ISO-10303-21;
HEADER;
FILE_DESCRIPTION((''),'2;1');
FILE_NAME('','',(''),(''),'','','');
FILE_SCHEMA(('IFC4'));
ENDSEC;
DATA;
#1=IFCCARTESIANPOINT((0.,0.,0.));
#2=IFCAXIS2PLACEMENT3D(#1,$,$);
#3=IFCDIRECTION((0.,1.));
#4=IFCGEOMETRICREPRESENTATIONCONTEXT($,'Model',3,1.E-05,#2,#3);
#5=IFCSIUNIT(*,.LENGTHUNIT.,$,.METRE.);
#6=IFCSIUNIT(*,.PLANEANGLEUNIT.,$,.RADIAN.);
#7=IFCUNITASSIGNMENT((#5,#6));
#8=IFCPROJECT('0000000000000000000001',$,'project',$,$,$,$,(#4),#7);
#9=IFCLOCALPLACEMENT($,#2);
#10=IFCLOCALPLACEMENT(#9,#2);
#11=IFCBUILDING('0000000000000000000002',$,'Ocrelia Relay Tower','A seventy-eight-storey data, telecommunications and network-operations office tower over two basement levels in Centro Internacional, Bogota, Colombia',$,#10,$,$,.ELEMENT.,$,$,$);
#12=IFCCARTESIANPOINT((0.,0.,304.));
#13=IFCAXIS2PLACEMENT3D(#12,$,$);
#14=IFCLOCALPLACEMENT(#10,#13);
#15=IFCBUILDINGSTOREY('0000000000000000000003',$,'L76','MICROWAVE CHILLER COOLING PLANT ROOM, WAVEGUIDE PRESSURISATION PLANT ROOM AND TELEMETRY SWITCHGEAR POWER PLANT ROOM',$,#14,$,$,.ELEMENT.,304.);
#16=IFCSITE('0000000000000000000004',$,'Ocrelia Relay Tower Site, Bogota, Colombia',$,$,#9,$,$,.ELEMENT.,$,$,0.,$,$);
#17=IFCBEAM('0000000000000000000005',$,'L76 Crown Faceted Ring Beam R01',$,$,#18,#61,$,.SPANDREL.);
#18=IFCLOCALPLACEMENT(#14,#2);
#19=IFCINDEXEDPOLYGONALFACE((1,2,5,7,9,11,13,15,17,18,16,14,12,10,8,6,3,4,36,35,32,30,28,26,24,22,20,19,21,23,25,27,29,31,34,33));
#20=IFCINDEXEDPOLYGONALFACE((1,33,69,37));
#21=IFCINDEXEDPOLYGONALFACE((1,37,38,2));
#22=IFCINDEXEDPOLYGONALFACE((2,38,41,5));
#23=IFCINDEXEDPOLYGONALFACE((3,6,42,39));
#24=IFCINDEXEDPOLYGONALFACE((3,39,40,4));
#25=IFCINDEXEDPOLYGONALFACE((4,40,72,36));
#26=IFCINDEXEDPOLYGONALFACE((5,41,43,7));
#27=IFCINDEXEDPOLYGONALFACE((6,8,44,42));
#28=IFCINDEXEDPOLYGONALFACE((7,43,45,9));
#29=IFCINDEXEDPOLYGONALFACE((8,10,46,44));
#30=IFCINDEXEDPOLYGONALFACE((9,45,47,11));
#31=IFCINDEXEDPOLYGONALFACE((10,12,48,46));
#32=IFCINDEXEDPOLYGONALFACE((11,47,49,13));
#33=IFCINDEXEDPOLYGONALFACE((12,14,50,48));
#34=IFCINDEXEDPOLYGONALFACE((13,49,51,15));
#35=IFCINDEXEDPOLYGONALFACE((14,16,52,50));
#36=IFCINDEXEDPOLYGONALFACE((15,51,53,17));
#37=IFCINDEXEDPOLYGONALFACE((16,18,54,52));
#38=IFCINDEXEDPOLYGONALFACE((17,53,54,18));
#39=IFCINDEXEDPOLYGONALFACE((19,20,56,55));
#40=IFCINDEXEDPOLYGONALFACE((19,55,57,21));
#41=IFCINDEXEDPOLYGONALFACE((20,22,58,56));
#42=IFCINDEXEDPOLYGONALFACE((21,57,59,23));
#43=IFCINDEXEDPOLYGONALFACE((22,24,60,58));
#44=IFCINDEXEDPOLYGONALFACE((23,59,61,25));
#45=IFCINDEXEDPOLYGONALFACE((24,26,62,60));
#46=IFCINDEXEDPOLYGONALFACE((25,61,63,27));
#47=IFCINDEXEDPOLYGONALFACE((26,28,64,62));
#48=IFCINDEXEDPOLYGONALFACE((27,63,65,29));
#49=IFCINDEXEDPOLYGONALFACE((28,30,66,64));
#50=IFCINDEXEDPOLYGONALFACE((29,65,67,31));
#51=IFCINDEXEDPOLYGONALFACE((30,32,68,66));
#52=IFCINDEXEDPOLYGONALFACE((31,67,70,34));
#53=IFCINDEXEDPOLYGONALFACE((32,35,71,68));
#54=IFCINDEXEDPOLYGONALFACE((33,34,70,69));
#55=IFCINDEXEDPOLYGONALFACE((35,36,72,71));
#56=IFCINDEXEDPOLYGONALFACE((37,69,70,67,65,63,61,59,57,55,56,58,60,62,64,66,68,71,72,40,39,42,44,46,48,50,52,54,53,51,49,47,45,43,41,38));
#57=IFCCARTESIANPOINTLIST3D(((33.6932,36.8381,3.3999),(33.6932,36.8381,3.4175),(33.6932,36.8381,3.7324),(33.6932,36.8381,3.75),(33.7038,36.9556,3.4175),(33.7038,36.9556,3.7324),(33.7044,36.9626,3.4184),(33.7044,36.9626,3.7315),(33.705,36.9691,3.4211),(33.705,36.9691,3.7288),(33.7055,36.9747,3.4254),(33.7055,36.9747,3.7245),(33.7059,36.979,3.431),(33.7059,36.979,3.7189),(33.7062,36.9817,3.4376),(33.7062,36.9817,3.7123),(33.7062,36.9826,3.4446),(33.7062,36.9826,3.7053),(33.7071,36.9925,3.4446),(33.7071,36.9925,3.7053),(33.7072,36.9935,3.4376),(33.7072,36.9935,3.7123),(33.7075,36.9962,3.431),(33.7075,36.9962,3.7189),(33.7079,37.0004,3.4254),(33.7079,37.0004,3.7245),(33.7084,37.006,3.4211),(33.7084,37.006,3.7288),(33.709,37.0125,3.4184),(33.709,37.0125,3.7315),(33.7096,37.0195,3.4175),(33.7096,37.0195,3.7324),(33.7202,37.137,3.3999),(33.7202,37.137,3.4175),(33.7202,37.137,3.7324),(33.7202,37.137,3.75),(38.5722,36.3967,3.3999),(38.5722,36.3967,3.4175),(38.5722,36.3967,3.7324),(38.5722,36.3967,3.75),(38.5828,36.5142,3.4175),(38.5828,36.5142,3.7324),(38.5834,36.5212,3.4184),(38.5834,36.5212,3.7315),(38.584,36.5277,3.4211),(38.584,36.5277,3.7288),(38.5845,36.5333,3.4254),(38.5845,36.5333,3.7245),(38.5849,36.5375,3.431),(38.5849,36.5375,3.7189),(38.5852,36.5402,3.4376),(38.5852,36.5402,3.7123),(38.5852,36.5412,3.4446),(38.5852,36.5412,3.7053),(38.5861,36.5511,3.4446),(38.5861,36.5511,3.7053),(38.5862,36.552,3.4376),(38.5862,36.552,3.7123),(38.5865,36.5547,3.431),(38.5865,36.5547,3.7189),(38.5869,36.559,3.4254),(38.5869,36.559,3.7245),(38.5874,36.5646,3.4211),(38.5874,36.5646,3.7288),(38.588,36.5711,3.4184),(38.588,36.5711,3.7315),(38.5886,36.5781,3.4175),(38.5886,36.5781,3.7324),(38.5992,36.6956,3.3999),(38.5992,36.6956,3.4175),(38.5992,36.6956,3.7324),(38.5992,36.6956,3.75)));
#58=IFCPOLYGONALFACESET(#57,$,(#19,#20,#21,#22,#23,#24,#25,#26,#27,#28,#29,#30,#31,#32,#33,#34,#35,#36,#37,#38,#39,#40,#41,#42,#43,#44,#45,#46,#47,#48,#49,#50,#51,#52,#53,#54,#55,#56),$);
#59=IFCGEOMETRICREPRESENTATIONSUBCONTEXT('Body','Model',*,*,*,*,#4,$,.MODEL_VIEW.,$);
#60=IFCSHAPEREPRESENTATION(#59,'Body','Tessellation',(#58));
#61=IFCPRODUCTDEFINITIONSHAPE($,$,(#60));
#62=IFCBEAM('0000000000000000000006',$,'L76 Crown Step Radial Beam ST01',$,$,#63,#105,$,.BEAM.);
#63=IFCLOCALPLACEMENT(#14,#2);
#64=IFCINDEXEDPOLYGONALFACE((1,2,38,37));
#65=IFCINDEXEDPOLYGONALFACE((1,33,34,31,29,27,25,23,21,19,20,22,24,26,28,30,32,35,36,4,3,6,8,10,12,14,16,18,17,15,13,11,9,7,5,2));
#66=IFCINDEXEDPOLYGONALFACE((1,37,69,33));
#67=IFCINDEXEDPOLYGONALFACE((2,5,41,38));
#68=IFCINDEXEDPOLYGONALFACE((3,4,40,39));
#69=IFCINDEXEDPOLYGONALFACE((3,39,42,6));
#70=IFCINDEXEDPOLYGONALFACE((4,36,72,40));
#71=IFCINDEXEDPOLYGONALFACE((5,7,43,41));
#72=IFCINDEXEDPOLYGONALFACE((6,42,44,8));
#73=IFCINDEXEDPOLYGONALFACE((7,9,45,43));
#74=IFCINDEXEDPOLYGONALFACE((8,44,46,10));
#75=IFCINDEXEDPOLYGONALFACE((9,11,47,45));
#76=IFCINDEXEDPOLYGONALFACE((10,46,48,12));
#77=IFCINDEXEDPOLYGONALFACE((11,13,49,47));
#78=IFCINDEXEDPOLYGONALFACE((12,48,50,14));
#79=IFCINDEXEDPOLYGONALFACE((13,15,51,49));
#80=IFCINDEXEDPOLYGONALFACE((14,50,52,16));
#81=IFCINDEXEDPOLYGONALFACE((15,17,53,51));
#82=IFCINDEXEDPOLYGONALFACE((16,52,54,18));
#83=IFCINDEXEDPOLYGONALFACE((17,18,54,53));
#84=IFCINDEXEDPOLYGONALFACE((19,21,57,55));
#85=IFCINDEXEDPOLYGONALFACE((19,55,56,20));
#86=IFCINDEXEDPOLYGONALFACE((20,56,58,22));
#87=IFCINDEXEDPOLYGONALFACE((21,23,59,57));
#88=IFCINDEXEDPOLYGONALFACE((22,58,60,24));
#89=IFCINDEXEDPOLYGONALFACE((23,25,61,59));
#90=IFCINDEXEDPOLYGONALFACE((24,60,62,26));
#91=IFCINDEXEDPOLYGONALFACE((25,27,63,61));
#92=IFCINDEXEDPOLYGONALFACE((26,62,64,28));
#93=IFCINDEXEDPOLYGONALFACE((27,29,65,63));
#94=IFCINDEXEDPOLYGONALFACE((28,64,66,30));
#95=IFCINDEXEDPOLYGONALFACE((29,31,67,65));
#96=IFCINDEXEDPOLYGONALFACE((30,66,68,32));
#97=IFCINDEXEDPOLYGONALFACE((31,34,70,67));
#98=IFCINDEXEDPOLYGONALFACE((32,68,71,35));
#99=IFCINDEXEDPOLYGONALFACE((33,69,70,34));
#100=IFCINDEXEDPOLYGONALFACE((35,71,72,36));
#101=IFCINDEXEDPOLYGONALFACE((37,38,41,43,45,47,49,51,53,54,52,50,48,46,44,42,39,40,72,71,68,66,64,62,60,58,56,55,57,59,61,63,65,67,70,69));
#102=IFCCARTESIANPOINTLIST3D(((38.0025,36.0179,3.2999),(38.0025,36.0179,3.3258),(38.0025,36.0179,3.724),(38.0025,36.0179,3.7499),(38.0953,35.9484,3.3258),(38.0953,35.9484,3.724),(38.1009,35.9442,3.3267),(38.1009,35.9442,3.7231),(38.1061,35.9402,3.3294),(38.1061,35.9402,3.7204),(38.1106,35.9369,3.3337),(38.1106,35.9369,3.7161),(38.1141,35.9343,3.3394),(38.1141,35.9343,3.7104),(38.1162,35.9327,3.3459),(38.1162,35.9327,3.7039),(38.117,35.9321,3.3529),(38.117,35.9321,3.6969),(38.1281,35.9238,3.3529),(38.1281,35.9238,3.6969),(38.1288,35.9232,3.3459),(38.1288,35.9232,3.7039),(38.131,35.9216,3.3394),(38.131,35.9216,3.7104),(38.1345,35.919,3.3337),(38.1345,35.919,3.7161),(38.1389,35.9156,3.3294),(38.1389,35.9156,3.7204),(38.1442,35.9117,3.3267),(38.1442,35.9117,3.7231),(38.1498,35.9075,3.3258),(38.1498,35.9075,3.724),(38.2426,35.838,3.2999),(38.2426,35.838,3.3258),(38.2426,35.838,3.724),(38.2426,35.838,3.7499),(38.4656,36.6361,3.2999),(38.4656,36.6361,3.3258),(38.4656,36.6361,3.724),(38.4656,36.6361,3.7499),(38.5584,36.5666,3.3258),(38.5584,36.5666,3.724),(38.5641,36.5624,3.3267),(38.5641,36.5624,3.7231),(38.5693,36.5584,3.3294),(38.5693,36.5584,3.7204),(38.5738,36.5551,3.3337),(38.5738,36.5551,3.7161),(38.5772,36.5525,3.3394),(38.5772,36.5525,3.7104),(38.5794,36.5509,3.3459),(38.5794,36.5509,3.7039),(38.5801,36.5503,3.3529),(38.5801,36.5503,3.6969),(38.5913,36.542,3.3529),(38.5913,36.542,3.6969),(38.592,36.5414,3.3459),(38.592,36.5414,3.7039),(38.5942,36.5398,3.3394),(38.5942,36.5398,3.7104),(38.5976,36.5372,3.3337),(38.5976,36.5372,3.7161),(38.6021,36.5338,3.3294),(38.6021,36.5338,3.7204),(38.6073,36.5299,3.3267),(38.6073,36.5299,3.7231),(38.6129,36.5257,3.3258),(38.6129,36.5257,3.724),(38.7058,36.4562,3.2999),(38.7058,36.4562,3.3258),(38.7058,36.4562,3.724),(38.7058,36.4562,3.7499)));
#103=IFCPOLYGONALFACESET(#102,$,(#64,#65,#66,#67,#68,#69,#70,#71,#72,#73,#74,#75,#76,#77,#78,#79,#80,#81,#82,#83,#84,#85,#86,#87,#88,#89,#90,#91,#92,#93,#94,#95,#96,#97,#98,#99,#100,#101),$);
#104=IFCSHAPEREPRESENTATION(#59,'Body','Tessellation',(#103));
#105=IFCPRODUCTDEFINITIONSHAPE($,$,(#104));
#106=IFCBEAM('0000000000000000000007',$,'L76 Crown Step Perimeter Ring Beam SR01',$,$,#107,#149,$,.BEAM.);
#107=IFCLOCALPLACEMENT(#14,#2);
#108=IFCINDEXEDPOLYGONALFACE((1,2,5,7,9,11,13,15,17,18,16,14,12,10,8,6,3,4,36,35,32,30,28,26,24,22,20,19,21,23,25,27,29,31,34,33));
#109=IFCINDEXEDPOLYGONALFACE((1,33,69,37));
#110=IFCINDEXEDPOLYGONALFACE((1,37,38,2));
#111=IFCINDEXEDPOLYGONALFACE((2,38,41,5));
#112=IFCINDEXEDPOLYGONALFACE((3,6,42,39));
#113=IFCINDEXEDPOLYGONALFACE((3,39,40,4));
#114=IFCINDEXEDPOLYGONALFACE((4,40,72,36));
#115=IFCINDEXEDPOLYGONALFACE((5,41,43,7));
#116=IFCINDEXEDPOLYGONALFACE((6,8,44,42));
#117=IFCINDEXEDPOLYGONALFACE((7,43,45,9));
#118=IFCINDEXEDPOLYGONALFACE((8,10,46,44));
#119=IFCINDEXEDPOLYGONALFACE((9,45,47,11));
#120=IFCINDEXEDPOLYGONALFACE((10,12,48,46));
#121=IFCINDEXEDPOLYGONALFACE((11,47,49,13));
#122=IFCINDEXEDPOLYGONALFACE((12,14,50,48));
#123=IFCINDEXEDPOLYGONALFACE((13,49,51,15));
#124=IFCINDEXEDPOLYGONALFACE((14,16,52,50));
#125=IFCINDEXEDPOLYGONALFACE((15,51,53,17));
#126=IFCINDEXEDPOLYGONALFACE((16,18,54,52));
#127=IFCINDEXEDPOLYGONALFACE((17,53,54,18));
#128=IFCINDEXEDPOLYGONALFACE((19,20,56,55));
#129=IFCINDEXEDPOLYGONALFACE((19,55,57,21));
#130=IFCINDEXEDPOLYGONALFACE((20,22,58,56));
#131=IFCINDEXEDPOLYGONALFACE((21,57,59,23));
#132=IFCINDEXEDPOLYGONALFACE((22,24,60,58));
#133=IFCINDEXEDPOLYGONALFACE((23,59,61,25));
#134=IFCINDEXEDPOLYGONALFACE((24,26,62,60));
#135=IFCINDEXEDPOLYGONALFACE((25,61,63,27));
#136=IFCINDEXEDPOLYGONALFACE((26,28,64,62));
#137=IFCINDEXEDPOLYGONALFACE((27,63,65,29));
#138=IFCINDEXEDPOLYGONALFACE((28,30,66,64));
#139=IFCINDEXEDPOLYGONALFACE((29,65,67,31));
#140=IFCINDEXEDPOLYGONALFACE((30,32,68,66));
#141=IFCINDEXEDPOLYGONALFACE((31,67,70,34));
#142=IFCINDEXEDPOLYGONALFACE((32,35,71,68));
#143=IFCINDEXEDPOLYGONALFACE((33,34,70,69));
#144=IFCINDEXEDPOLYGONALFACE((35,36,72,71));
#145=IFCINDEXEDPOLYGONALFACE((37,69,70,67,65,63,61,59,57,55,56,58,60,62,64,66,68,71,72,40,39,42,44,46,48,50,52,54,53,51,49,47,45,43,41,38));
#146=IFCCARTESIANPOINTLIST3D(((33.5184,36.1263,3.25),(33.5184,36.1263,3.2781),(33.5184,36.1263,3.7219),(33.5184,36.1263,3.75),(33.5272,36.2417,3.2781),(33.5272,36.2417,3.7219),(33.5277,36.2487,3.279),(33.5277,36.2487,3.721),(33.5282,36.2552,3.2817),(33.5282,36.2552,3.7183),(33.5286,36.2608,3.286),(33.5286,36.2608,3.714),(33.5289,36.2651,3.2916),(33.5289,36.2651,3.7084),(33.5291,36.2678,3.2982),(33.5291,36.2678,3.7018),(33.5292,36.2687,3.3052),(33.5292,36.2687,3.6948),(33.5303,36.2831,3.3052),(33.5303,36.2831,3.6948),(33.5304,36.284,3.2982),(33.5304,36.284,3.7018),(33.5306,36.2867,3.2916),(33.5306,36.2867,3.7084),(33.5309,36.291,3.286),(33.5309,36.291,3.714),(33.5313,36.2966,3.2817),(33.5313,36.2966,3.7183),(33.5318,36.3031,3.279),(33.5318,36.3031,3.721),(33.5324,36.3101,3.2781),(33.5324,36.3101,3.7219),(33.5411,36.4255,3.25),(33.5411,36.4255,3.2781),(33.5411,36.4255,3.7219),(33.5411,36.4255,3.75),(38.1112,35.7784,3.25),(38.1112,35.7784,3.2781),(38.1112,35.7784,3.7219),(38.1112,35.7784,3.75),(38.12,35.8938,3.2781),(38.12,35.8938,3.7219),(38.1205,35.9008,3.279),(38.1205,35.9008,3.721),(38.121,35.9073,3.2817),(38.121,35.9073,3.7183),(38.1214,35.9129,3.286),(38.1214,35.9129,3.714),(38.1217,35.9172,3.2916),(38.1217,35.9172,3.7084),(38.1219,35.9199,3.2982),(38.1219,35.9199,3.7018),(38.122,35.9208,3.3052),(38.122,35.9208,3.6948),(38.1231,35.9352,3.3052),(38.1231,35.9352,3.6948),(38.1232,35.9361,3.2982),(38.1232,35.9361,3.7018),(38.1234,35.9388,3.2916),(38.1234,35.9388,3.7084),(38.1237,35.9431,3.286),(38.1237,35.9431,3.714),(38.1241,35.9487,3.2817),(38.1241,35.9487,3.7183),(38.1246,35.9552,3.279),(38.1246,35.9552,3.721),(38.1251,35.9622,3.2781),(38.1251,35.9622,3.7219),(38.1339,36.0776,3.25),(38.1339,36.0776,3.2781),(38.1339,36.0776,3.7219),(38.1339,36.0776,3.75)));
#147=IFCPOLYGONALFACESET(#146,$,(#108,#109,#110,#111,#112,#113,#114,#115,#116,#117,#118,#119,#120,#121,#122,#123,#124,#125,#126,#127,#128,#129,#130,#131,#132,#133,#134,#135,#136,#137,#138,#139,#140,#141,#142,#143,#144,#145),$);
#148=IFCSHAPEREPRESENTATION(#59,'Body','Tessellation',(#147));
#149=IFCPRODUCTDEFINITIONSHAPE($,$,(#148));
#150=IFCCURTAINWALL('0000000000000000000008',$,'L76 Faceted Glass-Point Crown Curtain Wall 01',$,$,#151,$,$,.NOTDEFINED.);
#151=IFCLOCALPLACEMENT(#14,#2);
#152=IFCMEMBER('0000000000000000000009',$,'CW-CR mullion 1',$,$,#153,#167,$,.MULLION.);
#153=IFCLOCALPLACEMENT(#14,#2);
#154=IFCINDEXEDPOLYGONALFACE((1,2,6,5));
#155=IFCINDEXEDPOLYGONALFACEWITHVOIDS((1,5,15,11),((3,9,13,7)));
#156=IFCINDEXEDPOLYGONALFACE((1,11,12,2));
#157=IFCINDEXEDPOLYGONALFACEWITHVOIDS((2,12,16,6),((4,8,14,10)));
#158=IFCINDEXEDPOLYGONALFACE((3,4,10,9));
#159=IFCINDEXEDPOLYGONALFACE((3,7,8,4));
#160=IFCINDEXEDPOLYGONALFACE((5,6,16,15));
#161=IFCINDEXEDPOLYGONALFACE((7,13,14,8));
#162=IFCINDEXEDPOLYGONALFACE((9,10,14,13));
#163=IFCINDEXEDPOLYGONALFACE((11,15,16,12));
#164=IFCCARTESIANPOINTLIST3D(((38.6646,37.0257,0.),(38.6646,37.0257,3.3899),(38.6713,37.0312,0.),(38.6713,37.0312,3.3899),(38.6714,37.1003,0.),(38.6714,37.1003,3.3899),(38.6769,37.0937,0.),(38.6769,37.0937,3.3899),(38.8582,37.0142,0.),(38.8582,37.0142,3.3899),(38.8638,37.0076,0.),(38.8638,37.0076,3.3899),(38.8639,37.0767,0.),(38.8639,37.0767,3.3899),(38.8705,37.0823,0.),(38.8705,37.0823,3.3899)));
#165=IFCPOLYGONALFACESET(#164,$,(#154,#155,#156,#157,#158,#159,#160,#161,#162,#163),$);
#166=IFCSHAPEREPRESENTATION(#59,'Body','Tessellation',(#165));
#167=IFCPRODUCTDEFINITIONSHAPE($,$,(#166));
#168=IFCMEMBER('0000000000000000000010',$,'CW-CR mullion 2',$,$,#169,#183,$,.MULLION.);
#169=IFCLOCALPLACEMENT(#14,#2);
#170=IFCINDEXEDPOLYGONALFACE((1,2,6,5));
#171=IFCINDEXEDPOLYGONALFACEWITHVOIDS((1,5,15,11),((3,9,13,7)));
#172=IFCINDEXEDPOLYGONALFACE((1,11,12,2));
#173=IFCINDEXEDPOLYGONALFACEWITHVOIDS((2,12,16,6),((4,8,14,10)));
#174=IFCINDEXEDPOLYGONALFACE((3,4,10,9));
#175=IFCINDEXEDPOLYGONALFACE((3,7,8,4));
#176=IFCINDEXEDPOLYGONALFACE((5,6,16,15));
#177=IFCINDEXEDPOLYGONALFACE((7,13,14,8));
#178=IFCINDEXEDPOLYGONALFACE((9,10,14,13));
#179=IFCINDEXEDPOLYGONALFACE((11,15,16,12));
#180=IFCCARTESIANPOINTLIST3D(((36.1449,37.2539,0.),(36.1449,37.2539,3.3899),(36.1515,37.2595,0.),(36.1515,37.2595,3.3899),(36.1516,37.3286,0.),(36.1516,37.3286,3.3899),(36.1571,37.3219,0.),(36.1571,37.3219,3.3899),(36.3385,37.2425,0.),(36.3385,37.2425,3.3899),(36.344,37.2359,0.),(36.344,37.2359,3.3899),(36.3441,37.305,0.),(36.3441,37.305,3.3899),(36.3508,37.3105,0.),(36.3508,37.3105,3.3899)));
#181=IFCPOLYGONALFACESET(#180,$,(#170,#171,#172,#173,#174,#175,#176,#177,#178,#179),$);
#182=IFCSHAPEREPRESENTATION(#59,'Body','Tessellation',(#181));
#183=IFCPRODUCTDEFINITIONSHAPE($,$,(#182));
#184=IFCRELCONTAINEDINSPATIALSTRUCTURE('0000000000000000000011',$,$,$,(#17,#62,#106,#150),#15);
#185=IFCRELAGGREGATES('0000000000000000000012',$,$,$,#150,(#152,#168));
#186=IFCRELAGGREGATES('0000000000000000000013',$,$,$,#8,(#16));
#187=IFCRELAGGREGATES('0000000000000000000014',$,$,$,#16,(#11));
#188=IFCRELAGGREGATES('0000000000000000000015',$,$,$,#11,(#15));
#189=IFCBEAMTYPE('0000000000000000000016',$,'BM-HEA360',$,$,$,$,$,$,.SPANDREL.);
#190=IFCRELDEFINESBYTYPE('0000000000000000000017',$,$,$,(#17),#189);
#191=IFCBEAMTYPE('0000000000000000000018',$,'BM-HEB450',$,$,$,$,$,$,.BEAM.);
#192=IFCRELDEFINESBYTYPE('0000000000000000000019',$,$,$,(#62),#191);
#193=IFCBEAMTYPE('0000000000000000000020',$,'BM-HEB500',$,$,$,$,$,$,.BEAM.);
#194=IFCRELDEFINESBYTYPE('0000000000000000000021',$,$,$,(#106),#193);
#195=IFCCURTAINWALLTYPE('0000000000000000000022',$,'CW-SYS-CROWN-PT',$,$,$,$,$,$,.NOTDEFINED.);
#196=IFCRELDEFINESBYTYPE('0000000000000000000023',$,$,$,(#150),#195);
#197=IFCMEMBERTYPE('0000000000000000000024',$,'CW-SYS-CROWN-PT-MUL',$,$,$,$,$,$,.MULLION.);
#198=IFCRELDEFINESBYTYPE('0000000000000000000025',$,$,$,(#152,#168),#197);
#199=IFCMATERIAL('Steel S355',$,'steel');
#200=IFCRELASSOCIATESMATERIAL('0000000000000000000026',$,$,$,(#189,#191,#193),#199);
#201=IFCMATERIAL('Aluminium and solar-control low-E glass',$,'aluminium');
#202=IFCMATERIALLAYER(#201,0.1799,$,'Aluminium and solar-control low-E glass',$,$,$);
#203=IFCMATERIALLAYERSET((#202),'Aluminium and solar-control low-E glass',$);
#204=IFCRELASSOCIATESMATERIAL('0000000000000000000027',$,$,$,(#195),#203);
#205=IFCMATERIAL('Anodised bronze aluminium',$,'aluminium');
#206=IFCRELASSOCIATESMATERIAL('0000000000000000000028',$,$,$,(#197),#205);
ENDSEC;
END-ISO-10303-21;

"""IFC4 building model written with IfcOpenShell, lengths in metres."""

from ifc_helpers import new_model, si_unit, direction, frame, origin, origin_2d, place, context, subcontext, project, spatial, hollow_rectangle, i_section, extrude, material, layer, layer_set, material_profile, profile_set, type_object, element, aggregate, save


model = new_model("IFC4")

# Units and contexts
model_context = context("Model", 3, precision=1e-05, world=origin(), true_north=direction((0.0, 1.0)))
body_context = subcontext(model_context, "Body", "Model", "MODEL_VIEW")
ifc_project = project(units=[si_unit("LENGTHUNIT", "METRE"), si_unit("PLANEANGLEUNIT", "RADIAN")], contexts=[model_context])

# Site, building, storey
site_placement = place(None, origin())
site = spatial("IfcSite", under=ifc_project, at=site_placement, Name="Ocrelia Relay Tower Site, Bogota, Colombia", CompositionType="ELEMENT", RefElevation=0.0)
building_placement = place(site_placement, origin())
building = spatial("IfcBuilding", under=site, at=building_placement, Name="Ocrelia Relay Tower", Description="A seventy-eight-storey data, telecommunications and network-operations office tower over two basement levels in Centro Internacional, Bogota, Colombia", CompositionType="ELEMENT")
storey_placement = place(building_placement, frame((0.0, 0.0, 304.0)))
storey = spatial("IfcBuildingStorey", under=building, at=storey_placement, Name="L76", Description="MICROWAVE CHILLER COOLING PLANT ROOM, WAVEGUIDE PRESSURISATION PLANT ROOM AND TELEMETRY SWITCHGEAR POWER PLANT ROOM", CompositionType="ELEMENT", Elevation=304.0)

# Beams
ifc_material_1 = material(Name="Steel S355", Category="steel")
ifc_material_profile_1 = material_profile(ifc_material_1, i_section(OverallWidth=0.3, OverallDepth=0.3501, WebThickness=0.01, FlangeThickness=0.0176, FilletRadius=0.0271, at=origin_2d()), Name="HEA 360")
ifc_profile_set_1 = profile_set([ifc_material_profile_1], Name="Steel S355")
beam_type_1 = type_object("IfcBeamType", Name="BM-HEA360", PredefinedType="SPANDREL", material=ifc_profile_set_1)
beam_1_placement = place(storey_placement, frame((38.5857, 36.5461, 3.575), z_axis=(-0.995932, 0.090104, 0.0), x_axis=(-0.090104, -0.995932, 0.0)))
element("IfcBeam", 1, at=beam_1_placement, inside=storey, type_object=beam_type_1, Name="L76 Crown Faceted Ring Beam R01", PredefinedType="SPANDREL", context=body_context, shape_type="SweptSolid", body=[
    extrude(i_section(OverallWidth=0.3, OverallDepth=0.3501, WebThickness=0.01, FlangeThickness=0.0176, FilletRadius=0.0271, at=origin_2d()), origin(), (0.0, 0.0, 1.0), 4.8989),
])
ifc_material_profile_2 = material_profile(ifc_material_1, i_section(OverallWidth=0.3, OverallDepth=0.45, WebThickness=0.0139, FlangeThickness=0.0259, FilletRadius=0.0271, at=origin_2d()), Name="HEB 450")
ifc_profile_set_2 = profile_set([ifc_material_profile_2], Name="Steel S355")
beam_type_2 = type_object("IfcBeamType", Name="BM-HEB450", PredefinedType="BEAM", material=ifc_profile_set_2)
beam_2_placement = place(storey_placement, frame((38.5857, 36.5461, 3.5249), z_axis=(-0.599595, -0.800303, 0.0), x_axis=(0.800303, -0.599595, 0.0)))
element("IfcBeam", 2, at=beam_2_placement, inside=storey, type_object=beam_type_2, Name="L76 Crown Step Radial Beam ST01", PredefinedType="BEAM", context=body_context, shape_type="SweptSolid", body=[
    extrude(i_section(OverallWidth=0.3, OverallDepth=0.45, WebThickness=0.0139, FlangeThickness=0.0259, FilletRadius=0.0271, at=origin_2d()), origin(), (0.0, 0.0, 1.0), 0.7725),
])
ifc_material_profile_3 = material_profile(ifc_material_1, i_section(OverallWidth=0.3, OverallDepth=0.5, WebThickness=0.0144, FlangeThickness=0.0281, FilletRadius=0.0271, at=origin_2d()), Name="HEB 500")
ifc_profile_set_3 = profile_set([ifc_material_profile_3], Name="Steel S355")
beam_type_3 = type_object("IfcBeamType", Name="BM-HEB500", PredefinedType="BEAM", material=ifc_profile_set_3)
beam_3_placement = place(storey_placement, frame((38.1226, 35.928, 3.5), z_axis=(-0.997143, 0.075533, 0.0), x_axis=(-0.075533, -0.997143, 0.0)))
element("IfcBeam", 3, at=beam_3_placement, inside=storey, type_object=beam_type_3, Name="L76 Crown Step Perimeter Ring Beam SR01", PredefinedType="BEAM", context=body_context, shape_type="SweptSolid", body=[
    extrude(i_section(OverallWidth=0.3, OverallDepth=0.5, WebThickness=0.0144, FlangeThickness=0.0281, FilletRadius=0.0271, at=origin_2d()), origin(), (0.0, 0.0, 1.0), 4.606),
])

# Curtain wall, members
ifc_material_2 = material(Name="Aluminium and solar-control low-E glass", Category="aluminium")
ifc_layer_1 = layer(ifc_material_2, 0.1799, Name="Aluminium and solar-control low-E glass")
ifc_layer_set_1 = layer_set([ifc_layer_1], Name="Aluminium and solar-control low-E glass")
curtain_wall_type = type_object("IfcCurtainWallType", Name="CW-SYS-CROWN-PT", PredefinedType="NOTDEFINED", material=ifc_layer_set_1)
curtain_wall_1_placement = place(storey_placement, origin())
curtain_wall_1 = element("IfcCurtainWall", 4, at=curtain_wall_1_placement, inside=storey, type_object=curtain_wall_type, Name="L76 Faceted Glass-Point Crown Curtain Wall 01", PredefinedType="NOTDEFINED")
ifc_material_3 = material(Name="Anodised bronze aluminium", Category="aluminium")
ifc_material_profile_4 = material_profile(ifc_material_3, hollow_rectangle(XDim=0.075, YDim=0.2, WallThickness=0.0061, at=origin_2d()), Name="CW-MUL-200x75")
ifc_profile_set_4 = profile_set([ifc_material_profile_4], Name="Anodised bronze aluminium")
member_type_1 = type_object("IfcMemberType", Name="CW-SYS-CROWN-PT-MUL", PredefinedType="MULLION", material=ifc_profile_set_4)
member_1_placement = place(storey_placement, frame((38.7676, 37.054, 0.0), z_axis=(0.0, 0.0, 1.0), x_axis=(-0.090237, -0.99592, 0.0)))
member_1 = element("IfcMember", 5, at=member_1_placement, type_object=member_type_1, Name="CW-CR mullion 1", PredefinedType="MULLION", context=body_context, shape_type="SweptSolid", body=[
    extrude(hollow_rectangle(XDim=0.075, YDim=0.2, WallThickness=0.0061, at=origin_2d()), origin(), (0.0, 0.0, 1.0), 3.3899),
])
member_2_placement = place(storey_placement, frame((36.2478, 37.2822, 0.0), z_axis=(0.0, 0.0, 1.0), x_axis=(-0.090237, -0.99592, 0.0)))
member_2 = element("IfcMember", 6, at=member_2_placement, type_object=member_type_1, Name="CW-CR mullion 2", PredefinedType="MULLION", context=body_context, shape_type="SweptSolid", body=[
    extrude(hollow_rectangle(XDim=0.075, YDim=0.2, WallThickness=0.0061, at=origin_2d()), origin(), (0.0, 0.0, 1.0), 3.3899),
])

aggregate(curtain_wall_1, [member_1, member_2])

save(model, "model.ifc")
